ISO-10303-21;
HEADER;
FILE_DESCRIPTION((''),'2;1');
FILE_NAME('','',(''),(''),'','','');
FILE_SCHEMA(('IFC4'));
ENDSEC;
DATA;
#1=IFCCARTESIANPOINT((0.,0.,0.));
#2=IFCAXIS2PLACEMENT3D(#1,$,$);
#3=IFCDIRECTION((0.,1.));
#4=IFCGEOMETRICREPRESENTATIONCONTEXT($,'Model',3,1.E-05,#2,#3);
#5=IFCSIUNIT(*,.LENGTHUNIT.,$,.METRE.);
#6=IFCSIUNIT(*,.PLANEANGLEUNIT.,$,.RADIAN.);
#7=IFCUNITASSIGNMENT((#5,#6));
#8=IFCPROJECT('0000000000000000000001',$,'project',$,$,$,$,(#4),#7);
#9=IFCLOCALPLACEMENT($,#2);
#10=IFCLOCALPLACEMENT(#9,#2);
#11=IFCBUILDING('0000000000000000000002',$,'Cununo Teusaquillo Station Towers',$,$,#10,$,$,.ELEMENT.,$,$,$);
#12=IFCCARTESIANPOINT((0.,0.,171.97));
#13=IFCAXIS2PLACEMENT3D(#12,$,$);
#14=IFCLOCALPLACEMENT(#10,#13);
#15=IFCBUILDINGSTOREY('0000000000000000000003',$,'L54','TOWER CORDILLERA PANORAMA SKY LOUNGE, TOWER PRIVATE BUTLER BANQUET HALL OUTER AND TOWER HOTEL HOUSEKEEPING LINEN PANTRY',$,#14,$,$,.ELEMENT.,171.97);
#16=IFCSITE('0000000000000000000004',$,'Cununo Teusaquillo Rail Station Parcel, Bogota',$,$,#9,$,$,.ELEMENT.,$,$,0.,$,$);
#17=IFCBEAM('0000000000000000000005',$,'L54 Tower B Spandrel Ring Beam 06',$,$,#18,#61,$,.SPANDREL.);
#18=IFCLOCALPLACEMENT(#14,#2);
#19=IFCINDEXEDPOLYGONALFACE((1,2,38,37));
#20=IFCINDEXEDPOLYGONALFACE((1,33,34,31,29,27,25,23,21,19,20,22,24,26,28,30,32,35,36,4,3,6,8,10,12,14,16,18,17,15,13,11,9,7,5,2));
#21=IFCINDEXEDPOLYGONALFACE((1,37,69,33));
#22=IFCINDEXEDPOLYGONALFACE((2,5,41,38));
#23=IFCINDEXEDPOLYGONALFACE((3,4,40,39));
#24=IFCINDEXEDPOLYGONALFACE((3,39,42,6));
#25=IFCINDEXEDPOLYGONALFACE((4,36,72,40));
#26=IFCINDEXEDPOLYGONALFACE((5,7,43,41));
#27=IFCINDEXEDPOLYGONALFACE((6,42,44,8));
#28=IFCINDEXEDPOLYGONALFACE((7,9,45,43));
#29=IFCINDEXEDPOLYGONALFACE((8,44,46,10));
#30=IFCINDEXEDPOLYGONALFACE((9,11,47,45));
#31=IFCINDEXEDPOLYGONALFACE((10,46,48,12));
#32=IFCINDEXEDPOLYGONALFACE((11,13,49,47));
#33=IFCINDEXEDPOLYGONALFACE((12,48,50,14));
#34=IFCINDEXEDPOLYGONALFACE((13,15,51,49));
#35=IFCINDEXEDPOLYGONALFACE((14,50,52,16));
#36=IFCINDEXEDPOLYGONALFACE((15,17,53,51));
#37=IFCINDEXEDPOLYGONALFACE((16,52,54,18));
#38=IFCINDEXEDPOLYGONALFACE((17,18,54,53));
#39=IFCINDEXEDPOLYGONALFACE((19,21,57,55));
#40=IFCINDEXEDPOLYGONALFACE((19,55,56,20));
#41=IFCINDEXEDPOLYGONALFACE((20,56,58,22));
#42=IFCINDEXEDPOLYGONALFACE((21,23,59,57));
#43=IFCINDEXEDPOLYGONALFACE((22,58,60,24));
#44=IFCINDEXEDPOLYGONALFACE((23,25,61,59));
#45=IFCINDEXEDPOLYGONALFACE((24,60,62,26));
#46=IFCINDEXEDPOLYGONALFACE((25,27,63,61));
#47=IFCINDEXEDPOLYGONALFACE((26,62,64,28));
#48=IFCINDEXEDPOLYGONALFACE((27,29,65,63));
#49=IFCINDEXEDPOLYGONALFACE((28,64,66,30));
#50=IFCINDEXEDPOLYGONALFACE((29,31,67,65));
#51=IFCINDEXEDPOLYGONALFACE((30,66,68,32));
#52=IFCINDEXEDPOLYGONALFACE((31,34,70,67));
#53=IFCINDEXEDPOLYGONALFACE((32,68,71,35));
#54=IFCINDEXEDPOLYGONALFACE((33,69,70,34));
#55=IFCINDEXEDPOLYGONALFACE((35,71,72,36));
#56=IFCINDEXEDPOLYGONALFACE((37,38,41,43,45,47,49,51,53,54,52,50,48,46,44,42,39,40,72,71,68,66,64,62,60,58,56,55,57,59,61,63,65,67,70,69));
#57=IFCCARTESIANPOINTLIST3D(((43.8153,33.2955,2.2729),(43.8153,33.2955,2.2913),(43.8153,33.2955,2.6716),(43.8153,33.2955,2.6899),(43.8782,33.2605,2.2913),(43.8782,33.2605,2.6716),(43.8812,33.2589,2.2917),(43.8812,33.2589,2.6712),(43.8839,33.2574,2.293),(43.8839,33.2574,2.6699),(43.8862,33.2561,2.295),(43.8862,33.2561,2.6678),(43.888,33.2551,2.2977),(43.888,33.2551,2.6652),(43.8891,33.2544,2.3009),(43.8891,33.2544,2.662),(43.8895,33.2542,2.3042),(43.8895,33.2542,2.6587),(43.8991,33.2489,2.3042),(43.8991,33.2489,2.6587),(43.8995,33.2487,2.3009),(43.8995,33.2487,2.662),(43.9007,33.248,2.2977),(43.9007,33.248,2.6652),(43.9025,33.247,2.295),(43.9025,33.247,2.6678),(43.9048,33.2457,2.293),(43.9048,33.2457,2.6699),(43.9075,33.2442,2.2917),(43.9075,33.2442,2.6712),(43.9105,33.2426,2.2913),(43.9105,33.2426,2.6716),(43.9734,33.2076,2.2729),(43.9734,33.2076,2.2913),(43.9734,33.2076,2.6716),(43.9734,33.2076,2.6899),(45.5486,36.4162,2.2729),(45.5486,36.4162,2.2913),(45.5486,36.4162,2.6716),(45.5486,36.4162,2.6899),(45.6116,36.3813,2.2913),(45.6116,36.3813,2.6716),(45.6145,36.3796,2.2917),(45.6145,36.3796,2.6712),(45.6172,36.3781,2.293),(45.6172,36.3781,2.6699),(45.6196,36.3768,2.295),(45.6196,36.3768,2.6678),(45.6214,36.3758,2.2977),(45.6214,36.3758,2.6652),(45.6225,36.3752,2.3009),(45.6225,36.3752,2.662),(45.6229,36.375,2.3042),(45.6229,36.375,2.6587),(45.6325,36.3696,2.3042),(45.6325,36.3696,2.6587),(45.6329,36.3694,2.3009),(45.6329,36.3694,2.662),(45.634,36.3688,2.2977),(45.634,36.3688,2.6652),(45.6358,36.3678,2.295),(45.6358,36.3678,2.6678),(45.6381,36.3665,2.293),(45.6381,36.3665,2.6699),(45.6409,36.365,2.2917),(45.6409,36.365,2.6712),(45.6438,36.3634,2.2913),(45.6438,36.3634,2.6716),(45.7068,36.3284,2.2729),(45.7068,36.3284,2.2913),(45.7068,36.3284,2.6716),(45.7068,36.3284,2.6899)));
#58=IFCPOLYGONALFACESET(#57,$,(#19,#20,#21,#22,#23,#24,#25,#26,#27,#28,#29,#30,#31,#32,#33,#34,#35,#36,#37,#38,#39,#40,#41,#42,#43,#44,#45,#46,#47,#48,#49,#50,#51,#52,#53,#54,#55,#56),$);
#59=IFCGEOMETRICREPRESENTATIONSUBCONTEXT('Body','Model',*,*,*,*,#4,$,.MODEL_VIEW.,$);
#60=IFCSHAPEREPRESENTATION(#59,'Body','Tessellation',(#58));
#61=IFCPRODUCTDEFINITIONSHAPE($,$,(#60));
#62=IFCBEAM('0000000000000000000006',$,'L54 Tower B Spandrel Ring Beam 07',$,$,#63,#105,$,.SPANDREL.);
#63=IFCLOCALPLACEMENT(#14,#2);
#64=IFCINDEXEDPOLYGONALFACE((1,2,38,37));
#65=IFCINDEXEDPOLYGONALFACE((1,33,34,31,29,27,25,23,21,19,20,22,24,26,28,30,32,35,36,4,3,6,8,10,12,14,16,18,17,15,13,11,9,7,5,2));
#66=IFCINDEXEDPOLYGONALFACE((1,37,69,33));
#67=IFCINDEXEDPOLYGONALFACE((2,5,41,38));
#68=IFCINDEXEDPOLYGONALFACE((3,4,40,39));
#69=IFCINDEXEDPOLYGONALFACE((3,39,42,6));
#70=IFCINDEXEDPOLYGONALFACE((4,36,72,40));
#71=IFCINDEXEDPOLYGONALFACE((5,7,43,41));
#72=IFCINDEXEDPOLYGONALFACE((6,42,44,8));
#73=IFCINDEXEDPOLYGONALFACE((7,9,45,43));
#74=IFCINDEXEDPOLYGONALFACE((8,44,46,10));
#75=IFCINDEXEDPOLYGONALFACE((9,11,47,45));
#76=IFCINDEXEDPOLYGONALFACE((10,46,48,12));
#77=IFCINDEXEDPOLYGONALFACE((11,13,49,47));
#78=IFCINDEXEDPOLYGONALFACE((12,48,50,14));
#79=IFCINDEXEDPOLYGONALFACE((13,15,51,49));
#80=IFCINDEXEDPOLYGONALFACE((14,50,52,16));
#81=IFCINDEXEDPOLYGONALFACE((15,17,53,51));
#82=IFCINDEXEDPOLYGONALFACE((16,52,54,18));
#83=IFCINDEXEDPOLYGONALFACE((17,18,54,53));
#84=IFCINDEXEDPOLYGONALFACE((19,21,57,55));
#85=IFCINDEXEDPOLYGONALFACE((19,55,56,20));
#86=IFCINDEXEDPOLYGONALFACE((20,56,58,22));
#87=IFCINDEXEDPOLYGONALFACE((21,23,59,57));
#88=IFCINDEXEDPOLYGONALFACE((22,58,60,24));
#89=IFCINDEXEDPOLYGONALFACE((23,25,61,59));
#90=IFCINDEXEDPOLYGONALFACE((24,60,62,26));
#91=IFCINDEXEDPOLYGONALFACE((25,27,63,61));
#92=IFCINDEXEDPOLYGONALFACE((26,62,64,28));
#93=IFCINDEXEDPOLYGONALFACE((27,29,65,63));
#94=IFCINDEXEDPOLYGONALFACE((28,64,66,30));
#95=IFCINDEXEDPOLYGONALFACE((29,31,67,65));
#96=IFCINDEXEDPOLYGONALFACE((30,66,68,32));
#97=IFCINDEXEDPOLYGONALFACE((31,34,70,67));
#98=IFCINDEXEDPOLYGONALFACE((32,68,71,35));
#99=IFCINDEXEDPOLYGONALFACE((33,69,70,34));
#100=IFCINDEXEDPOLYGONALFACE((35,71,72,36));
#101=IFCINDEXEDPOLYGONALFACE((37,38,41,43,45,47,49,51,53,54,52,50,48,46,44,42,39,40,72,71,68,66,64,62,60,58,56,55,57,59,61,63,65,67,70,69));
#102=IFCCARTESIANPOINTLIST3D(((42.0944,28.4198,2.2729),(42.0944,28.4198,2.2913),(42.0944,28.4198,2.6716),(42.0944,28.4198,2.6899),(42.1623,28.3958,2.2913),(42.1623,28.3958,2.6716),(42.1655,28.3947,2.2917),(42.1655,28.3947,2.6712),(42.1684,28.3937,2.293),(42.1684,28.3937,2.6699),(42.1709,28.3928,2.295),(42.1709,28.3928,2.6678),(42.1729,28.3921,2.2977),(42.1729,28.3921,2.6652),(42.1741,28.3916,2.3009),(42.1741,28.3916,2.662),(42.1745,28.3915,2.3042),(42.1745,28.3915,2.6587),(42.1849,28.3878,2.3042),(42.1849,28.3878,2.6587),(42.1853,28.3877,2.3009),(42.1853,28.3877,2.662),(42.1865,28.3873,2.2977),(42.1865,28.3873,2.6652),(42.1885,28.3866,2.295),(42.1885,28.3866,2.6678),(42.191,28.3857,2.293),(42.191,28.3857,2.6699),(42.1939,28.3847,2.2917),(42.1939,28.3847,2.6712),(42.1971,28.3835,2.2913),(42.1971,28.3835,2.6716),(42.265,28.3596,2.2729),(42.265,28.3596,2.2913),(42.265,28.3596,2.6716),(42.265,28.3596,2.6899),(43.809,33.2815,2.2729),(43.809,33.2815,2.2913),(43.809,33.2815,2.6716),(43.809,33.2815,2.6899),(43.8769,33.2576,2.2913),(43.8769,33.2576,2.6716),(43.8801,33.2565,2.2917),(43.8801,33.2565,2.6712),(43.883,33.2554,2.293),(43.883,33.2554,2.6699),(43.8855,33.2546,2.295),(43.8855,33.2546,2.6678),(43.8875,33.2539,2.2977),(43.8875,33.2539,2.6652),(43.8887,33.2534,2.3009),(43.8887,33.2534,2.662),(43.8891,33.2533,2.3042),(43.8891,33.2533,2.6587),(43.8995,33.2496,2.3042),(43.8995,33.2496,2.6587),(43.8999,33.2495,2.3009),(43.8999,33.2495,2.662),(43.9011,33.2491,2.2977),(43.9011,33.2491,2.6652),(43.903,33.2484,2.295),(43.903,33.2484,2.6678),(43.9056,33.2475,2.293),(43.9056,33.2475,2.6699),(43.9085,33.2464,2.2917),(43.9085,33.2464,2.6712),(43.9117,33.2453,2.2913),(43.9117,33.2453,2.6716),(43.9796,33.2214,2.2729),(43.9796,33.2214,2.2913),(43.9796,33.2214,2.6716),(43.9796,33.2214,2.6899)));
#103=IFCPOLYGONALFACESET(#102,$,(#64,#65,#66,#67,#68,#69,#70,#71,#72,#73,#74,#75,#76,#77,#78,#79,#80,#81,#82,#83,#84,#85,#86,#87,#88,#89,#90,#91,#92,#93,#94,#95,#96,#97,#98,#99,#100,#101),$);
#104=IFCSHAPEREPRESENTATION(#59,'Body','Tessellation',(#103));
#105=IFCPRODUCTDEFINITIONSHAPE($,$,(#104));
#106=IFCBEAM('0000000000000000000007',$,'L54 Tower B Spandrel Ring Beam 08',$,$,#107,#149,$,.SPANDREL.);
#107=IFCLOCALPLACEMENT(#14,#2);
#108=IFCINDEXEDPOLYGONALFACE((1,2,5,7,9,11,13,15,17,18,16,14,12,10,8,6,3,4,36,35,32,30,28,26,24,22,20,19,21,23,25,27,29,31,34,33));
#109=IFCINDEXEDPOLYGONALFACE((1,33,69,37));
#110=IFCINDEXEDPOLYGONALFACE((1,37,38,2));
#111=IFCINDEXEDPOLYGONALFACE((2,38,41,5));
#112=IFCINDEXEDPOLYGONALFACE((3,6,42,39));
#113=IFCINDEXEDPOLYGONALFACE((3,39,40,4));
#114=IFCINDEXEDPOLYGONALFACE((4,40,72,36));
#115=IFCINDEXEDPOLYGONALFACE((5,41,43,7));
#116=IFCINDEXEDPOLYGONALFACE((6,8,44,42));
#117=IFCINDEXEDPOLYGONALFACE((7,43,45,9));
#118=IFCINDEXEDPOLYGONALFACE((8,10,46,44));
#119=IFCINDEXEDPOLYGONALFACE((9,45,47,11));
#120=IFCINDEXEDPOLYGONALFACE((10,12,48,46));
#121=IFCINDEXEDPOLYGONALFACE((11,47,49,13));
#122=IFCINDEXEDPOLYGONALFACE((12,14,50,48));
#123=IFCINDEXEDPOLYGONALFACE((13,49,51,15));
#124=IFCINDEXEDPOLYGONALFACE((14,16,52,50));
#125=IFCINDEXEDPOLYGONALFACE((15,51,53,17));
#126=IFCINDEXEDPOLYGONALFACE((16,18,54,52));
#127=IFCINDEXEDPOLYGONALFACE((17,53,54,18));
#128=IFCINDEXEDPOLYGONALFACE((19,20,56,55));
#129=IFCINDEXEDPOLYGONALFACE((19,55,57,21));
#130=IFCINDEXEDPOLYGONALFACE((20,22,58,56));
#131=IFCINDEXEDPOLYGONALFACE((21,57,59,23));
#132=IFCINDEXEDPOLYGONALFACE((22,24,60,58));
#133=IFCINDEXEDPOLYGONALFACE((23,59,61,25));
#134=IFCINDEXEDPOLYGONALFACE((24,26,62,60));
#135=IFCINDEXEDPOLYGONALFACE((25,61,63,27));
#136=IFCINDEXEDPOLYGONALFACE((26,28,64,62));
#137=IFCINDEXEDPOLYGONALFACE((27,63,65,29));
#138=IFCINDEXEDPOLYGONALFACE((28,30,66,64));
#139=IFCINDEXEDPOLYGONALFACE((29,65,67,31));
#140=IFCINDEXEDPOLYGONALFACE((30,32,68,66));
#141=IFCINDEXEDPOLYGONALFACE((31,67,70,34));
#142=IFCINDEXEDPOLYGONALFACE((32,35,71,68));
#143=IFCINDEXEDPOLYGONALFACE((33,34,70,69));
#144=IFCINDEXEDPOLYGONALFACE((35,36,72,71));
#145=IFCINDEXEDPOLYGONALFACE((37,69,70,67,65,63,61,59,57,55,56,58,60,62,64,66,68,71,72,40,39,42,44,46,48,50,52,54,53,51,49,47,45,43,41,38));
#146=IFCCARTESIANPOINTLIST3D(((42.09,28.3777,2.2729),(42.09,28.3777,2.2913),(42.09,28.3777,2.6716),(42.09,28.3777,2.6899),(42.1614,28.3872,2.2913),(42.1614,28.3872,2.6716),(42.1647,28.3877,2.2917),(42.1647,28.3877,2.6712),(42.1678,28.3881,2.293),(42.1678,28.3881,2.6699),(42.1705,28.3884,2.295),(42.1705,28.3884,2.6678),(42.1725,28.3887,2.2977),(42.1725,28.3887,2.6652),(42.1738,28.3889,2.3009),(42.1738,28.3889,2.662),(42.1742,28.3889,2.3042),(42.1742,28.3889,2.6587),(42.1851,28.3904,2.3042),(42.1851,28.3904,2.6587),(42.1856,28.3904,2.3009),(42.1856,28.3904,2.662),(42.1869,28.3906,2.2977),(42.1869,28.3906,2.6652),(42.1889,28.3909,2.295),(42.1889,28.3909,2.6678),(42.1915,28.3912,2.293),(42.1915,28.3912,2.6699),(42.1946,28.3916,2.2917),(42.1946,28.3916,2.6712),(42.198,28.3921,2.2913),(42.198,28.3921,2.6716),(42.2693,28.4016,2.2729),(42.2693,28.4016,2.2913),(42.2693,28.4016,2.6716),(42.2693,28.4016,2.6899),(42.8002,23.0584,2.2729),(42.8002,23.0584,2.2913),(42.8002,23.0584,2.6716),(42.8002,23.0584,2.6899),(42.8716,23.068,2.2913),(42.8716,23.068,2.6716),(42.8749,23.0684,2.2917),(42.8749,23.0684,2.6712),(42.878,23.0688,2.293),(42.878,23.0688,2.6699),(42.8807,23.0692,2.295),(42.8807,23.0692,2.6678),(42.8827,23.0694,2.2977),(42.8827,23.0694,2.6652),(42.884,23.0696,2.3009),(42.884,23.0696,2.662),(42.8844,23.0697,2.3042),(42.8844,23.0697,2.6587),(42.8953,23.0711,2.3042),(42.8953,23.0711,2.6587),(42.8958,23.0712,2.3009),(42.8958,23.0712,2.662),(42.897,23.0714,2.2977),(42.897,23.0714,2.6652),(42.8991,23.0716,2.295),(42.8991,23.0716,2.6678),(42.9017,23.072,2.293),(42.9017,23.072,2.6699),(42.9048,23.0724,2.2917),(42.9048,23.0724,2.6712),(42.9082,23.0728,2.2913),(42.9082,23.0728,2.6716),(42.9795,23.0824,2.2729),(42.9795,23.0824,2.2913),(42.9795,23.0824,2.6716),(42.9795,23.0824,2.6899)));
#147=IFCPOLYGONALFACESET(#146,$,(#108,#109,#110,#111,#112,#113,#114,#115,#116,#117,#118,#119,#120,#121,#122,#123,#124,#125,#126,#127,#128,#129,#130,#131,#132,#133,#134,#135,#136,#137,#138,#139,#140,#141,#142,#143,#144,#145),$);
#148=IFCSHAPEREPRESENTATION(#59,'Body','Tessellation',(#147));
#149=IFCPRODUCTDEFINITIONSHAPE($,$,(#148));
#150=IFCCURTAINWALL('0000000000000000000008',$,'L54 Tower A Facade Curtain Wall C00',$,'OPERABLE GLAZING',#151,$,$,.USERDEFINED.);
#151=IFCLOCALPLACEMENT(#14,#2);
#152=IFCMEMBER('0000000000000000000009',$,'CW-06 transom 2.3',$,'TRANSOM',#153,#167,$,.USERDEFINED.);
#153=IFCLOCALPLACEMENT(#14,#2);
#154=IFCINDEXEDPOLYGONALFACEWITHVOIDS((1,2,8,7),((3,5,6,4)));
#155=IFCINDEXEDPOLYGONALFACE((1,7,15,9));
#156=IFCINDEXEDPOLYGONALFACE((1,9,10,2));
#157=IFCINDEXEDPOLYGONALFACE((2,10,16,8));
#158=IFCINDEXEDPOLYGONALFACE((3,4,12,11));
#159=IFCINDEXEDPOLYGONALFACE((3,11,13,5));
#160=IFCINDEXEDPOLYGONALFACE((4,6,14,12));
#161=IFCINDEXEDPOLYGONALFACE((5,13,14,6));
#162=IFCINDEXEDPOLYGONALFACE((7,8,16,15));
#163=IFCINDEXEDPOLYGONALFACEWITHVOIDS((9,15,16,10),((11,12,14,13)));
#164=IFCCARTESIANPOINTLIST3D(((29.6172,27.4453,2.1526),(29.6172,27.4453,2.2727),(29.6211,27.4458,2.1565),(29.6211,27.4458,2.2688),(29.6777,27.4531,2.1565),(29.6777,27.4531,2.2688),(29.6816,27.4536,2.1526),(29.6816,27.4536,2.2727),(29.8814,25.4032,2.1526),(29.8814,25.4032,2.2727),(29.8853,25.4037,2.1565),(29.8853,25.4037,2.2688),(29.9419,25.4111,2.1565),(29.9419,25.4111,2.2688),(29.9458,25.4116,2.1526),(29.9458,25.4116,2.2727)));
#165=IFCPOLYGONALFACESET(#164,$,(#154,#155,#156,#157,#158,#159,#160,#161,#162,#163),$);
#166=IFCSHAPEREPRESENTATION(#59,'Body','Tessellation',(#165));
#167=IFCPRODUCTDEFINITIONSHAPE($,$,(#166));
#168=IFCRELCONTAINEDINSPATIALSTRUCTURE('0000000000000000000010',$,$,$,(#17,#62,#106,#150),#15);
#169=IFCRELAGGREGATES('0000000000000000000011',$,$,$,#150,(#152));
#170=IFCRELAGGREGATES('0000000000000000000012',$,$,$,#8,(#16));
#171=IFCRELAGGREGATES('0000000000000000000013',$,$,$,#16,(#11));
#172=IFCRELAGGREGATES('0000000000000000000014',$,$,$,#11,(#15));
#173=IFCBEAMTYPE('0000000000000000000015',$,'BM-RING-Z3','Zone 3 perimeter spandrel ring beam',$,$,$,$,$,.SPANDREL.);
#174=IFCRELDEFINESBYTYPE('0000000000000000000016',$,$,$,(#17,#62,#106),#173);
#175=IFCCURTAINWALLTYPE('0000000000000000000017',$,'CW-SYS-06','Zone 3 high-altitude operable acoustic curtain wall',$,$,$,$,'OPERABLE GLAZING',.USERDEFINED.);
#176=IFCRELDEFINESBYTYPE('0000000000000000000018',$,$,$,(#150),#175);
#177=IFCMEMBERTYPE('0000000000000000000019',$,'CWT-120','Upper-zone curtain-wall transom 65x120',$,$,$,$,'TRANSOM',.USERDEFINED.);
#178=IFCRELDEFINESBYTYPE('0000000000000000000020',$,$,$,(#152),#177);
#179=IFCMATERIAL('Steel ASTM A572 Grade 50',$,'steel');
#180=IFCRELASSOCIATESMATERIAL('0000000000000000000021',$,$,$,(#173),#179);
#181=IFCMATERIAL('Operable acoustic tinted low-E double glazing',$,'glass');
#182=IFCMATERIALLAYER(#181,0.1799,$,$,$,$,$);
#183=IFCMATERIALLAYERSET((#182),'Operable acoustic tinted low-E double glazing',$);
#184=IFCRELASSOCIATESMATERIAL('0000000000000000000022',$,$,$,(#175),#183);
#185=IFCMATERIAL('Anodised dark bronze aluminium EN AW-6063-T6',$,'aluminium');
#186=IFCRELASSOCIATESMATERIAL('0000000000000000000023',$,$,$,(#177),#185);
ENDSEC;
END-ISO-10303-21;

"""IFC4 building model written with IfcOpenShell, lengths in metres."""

from ifc_helpers import new_model, si_unit, direction, frame, origin, origin_2d, place, context, subcontext, project, spatial, hollow_rectangle, i_section, extrude, material, layer, layer_set, material_profile, profile_set, type_object, element, aggregate, save


model = new_model("IFC4")

# Units and contexts
model_context = context("Model", 3, precision=1e-05, world=origin(), true_north=direction((0.0, 1.0)))
body_context = subcontext(model_context, "Body", "Model", "MODEL_VIEW")
ifc_project = project(units=[si_unit("LENGTHUNIT", "METRE"), si_unit("PLANEANGLEUNIT", "RADIAN")], contexts=[model_context])

# Site, building, storey
site_placement = place(None, origin())
site = spatial("IfcSite", under=ifc_project, at=site_placement, Name="Cununo Teusaquillo Rail Station Parcel, Bogota", CompositionType="ELEMENT", RefElevation=0.0)
building_placement = place(site_placement, origin())
building = spatial("IfcBuilding", under=site, at=building_placement, Name="Cununo Teusaquillo Station Towers", CompositionType="ELEMENT")
storey_placement = place(building_placement, frame((0.0, 0.0, 171.97)))
storey = spatial("IfcBuildingStorey", under=building, at=storey_placement, Name="L54", Description="TOWER CORDILLERA PANORAMA SKY LOUNGE, TOWER PRIVATE BUTLER BANQUET HALL OUTER AND TOWER HOTEL HOUSEKEEPING LINEN PANTRY", CompositionType="ELEMENT", Elevation=171.97)

# Beams
ifc_material_1 = material(Name="Steel ASTM A572 Grade 50", Category="steel")
ifc_material_profile_1 = material_profile(ifc_material_1, i_section(OverallWidth=0.1809, OverallDepth=0.417, WebThickness=0.011, FlangeThickness=0.0183, FilletRadius=0.0129, at=origin_2d()), Name="W16X57")
ifc_profile_set_1 = profile_set([ifc_material_profile_1], Name="Steel ASTM A572 Grade 50")
beam_type_1 = type_object("IfcBeamType", Name="BM-RING-Z3", Description="Zone 3 perimeter spandrel ring beam", PredefinedType="SPANDREL", material=ifc_profile_set_1)
for number, where, z_axis, x_axis, name in (
    (1, (45.6277, 36.3723, 2.4814), (-0.485556, -0.874206, 0.0), (0.874206, -0.485556, 0.0), "L54 Tower B Spandrel Ring Beam 06"),
):
    element("IfcBeam", number, at=place(storey_placement, frame(where, z_axis=z_axis, x_axis=x_axis)), inside=storey, type_object=beam_type_1, Name=name, PredefinedType="SPANDREL", context=body_context, shape_type="SweptSolid", body=[
        extrude(i_section(OverallWidth=0.1809, OverallDepth=0.417, WebThickness=0.011, FlangeThickness=0.0183, FilletRadius=0.0129, at=origin_2d()), origin(), (0.0, 0.0, 1.0), 3.5698),
    ])
beam_1_placement = place(storey_placement, frame((43.8943, 33.2515, 2.4814), z_axis=(-0.33259, -0.943072, 0.0), x_axis=(0.943072, -0.33259, 0.0)))
element("IfcBeam", 2, at=beam_1_placement, inside=storey, type_object=beam_type_1, Name="L54 Tower B Spandrel Ring Beam 07", PredefinedType="SPANDREL", context=body_context, shape_type="SweptSolid", body=[
    extrude(i_section(OverallWidth=0.1809, OverallDepth=0.417, WebThickness=0.011, FlangeThickness=0.0183, FilletRadius=0.0129, at=origin_2d()), origin(), (0.0, 0.0, 1.0), 5.1553),
])
beam_2_placement = place(storey_placement, frame((42.1797, 28.3896, 2.4814), z_axis=(0.13234, -0.991204, 0.0), x_axis=(0.991204, 0.13234, 0.0)))
element("IfcBeam", 3, at=beam_2_placement, inside=storey, type_object=beam_type_1, Name="L54 Tower B Spandrel Ring Beam 08", PredefinedType="SPANDREL", context=body_context, shape_type="SweptSolid", body=[
    extrude(i_section(OverallWidth=0.1809, OverallDepth=0.417, WebThickness=0.011, FlangeThickness=0.0183, FilletRadius=0.0129, at=origin_2d()), origin(), (0.0, 0.0, 1.0), 5.3665),
])

# Curtain wall, member
ifc_material_2 = material(Name="Operable acoustic tinted low-E double glazing", Category="glass")
ifc_layer_1 = layer(ifc_material_2, 0.1799)
ifc_layer_set_1 = layer_set([ifc_layer_1], Name="Operable acoustic tinted low-E double glazing")
curtain_wall_type = type_object("IfcCurtainWallType", Name="CW-SYS-06", Description="Zone 3 high-altitude operable acoustic curtain wall", ElementType="OPERABLE GLAZING", PredefinedType="USERDEFINED", material=ifc_layer_set_1)
curtain_wall_placement = place(storey_placement, origin())
curtain_wall = element("IfcCurtainWall", 4, at=curtain_wall_placement, inside=storey, type_object=curtain_wall_type, Name="L54 Tower A Facade Curtain Wall C00", ObjectType="OPERABLE GLAZING", PredefinedType="USERDEFINED")
ifc_material_3 = material(Name="Anodised dark bronze aluminium EN AW-6063-T6", Category="aluminium")
ifc_material_profile_2 = material_profile(ifc_material_3, hollow_rectangle(XDim=0.0649, YDim=0.1201, WallThickness=0.0039, at=origin_2d()), Name="CW-TRAN-65x120")
ifc_profile_set_2 = profile_set([ifc_material_profile_2], Name="Anodised dark bronze aluminium EN AW-6063-T6")
member_type_1 = type_object("IfcMemberType", Name="CWT-120", Description="Upper-zone curtain-wall transom 65x120", ElementType="TRANSOM", PredefinedType="USERDEFINED", material=ifc_profile_set_2)
member_1_placement = place(storey_placement, frame((29.6494, 27.4495, 2.2126), z_axis=(0.128295, -0.991736, 0.0), x_axis=(0.991736, 0.128295, 0.0)))
member_1 = element("IfcMember", 5, at=member_1_placement, type_object=member_type_1, Name="CW-06 transom 2.3", ObjectType="TRANSOM", PredefinedType="USERDEFINED", context=body_context, shape_type="SweptSolid", body=[
    extrude(hollow_rectangle(XDim=0.0649, YDim=0.1201, WallThickness=0.0039, at=origin_2d()), origin(), (0.0, 0.0, 1.0), 2.0591),
])

aggregate(curtain_wall, [member_1])

save(model, "model.ifc")
